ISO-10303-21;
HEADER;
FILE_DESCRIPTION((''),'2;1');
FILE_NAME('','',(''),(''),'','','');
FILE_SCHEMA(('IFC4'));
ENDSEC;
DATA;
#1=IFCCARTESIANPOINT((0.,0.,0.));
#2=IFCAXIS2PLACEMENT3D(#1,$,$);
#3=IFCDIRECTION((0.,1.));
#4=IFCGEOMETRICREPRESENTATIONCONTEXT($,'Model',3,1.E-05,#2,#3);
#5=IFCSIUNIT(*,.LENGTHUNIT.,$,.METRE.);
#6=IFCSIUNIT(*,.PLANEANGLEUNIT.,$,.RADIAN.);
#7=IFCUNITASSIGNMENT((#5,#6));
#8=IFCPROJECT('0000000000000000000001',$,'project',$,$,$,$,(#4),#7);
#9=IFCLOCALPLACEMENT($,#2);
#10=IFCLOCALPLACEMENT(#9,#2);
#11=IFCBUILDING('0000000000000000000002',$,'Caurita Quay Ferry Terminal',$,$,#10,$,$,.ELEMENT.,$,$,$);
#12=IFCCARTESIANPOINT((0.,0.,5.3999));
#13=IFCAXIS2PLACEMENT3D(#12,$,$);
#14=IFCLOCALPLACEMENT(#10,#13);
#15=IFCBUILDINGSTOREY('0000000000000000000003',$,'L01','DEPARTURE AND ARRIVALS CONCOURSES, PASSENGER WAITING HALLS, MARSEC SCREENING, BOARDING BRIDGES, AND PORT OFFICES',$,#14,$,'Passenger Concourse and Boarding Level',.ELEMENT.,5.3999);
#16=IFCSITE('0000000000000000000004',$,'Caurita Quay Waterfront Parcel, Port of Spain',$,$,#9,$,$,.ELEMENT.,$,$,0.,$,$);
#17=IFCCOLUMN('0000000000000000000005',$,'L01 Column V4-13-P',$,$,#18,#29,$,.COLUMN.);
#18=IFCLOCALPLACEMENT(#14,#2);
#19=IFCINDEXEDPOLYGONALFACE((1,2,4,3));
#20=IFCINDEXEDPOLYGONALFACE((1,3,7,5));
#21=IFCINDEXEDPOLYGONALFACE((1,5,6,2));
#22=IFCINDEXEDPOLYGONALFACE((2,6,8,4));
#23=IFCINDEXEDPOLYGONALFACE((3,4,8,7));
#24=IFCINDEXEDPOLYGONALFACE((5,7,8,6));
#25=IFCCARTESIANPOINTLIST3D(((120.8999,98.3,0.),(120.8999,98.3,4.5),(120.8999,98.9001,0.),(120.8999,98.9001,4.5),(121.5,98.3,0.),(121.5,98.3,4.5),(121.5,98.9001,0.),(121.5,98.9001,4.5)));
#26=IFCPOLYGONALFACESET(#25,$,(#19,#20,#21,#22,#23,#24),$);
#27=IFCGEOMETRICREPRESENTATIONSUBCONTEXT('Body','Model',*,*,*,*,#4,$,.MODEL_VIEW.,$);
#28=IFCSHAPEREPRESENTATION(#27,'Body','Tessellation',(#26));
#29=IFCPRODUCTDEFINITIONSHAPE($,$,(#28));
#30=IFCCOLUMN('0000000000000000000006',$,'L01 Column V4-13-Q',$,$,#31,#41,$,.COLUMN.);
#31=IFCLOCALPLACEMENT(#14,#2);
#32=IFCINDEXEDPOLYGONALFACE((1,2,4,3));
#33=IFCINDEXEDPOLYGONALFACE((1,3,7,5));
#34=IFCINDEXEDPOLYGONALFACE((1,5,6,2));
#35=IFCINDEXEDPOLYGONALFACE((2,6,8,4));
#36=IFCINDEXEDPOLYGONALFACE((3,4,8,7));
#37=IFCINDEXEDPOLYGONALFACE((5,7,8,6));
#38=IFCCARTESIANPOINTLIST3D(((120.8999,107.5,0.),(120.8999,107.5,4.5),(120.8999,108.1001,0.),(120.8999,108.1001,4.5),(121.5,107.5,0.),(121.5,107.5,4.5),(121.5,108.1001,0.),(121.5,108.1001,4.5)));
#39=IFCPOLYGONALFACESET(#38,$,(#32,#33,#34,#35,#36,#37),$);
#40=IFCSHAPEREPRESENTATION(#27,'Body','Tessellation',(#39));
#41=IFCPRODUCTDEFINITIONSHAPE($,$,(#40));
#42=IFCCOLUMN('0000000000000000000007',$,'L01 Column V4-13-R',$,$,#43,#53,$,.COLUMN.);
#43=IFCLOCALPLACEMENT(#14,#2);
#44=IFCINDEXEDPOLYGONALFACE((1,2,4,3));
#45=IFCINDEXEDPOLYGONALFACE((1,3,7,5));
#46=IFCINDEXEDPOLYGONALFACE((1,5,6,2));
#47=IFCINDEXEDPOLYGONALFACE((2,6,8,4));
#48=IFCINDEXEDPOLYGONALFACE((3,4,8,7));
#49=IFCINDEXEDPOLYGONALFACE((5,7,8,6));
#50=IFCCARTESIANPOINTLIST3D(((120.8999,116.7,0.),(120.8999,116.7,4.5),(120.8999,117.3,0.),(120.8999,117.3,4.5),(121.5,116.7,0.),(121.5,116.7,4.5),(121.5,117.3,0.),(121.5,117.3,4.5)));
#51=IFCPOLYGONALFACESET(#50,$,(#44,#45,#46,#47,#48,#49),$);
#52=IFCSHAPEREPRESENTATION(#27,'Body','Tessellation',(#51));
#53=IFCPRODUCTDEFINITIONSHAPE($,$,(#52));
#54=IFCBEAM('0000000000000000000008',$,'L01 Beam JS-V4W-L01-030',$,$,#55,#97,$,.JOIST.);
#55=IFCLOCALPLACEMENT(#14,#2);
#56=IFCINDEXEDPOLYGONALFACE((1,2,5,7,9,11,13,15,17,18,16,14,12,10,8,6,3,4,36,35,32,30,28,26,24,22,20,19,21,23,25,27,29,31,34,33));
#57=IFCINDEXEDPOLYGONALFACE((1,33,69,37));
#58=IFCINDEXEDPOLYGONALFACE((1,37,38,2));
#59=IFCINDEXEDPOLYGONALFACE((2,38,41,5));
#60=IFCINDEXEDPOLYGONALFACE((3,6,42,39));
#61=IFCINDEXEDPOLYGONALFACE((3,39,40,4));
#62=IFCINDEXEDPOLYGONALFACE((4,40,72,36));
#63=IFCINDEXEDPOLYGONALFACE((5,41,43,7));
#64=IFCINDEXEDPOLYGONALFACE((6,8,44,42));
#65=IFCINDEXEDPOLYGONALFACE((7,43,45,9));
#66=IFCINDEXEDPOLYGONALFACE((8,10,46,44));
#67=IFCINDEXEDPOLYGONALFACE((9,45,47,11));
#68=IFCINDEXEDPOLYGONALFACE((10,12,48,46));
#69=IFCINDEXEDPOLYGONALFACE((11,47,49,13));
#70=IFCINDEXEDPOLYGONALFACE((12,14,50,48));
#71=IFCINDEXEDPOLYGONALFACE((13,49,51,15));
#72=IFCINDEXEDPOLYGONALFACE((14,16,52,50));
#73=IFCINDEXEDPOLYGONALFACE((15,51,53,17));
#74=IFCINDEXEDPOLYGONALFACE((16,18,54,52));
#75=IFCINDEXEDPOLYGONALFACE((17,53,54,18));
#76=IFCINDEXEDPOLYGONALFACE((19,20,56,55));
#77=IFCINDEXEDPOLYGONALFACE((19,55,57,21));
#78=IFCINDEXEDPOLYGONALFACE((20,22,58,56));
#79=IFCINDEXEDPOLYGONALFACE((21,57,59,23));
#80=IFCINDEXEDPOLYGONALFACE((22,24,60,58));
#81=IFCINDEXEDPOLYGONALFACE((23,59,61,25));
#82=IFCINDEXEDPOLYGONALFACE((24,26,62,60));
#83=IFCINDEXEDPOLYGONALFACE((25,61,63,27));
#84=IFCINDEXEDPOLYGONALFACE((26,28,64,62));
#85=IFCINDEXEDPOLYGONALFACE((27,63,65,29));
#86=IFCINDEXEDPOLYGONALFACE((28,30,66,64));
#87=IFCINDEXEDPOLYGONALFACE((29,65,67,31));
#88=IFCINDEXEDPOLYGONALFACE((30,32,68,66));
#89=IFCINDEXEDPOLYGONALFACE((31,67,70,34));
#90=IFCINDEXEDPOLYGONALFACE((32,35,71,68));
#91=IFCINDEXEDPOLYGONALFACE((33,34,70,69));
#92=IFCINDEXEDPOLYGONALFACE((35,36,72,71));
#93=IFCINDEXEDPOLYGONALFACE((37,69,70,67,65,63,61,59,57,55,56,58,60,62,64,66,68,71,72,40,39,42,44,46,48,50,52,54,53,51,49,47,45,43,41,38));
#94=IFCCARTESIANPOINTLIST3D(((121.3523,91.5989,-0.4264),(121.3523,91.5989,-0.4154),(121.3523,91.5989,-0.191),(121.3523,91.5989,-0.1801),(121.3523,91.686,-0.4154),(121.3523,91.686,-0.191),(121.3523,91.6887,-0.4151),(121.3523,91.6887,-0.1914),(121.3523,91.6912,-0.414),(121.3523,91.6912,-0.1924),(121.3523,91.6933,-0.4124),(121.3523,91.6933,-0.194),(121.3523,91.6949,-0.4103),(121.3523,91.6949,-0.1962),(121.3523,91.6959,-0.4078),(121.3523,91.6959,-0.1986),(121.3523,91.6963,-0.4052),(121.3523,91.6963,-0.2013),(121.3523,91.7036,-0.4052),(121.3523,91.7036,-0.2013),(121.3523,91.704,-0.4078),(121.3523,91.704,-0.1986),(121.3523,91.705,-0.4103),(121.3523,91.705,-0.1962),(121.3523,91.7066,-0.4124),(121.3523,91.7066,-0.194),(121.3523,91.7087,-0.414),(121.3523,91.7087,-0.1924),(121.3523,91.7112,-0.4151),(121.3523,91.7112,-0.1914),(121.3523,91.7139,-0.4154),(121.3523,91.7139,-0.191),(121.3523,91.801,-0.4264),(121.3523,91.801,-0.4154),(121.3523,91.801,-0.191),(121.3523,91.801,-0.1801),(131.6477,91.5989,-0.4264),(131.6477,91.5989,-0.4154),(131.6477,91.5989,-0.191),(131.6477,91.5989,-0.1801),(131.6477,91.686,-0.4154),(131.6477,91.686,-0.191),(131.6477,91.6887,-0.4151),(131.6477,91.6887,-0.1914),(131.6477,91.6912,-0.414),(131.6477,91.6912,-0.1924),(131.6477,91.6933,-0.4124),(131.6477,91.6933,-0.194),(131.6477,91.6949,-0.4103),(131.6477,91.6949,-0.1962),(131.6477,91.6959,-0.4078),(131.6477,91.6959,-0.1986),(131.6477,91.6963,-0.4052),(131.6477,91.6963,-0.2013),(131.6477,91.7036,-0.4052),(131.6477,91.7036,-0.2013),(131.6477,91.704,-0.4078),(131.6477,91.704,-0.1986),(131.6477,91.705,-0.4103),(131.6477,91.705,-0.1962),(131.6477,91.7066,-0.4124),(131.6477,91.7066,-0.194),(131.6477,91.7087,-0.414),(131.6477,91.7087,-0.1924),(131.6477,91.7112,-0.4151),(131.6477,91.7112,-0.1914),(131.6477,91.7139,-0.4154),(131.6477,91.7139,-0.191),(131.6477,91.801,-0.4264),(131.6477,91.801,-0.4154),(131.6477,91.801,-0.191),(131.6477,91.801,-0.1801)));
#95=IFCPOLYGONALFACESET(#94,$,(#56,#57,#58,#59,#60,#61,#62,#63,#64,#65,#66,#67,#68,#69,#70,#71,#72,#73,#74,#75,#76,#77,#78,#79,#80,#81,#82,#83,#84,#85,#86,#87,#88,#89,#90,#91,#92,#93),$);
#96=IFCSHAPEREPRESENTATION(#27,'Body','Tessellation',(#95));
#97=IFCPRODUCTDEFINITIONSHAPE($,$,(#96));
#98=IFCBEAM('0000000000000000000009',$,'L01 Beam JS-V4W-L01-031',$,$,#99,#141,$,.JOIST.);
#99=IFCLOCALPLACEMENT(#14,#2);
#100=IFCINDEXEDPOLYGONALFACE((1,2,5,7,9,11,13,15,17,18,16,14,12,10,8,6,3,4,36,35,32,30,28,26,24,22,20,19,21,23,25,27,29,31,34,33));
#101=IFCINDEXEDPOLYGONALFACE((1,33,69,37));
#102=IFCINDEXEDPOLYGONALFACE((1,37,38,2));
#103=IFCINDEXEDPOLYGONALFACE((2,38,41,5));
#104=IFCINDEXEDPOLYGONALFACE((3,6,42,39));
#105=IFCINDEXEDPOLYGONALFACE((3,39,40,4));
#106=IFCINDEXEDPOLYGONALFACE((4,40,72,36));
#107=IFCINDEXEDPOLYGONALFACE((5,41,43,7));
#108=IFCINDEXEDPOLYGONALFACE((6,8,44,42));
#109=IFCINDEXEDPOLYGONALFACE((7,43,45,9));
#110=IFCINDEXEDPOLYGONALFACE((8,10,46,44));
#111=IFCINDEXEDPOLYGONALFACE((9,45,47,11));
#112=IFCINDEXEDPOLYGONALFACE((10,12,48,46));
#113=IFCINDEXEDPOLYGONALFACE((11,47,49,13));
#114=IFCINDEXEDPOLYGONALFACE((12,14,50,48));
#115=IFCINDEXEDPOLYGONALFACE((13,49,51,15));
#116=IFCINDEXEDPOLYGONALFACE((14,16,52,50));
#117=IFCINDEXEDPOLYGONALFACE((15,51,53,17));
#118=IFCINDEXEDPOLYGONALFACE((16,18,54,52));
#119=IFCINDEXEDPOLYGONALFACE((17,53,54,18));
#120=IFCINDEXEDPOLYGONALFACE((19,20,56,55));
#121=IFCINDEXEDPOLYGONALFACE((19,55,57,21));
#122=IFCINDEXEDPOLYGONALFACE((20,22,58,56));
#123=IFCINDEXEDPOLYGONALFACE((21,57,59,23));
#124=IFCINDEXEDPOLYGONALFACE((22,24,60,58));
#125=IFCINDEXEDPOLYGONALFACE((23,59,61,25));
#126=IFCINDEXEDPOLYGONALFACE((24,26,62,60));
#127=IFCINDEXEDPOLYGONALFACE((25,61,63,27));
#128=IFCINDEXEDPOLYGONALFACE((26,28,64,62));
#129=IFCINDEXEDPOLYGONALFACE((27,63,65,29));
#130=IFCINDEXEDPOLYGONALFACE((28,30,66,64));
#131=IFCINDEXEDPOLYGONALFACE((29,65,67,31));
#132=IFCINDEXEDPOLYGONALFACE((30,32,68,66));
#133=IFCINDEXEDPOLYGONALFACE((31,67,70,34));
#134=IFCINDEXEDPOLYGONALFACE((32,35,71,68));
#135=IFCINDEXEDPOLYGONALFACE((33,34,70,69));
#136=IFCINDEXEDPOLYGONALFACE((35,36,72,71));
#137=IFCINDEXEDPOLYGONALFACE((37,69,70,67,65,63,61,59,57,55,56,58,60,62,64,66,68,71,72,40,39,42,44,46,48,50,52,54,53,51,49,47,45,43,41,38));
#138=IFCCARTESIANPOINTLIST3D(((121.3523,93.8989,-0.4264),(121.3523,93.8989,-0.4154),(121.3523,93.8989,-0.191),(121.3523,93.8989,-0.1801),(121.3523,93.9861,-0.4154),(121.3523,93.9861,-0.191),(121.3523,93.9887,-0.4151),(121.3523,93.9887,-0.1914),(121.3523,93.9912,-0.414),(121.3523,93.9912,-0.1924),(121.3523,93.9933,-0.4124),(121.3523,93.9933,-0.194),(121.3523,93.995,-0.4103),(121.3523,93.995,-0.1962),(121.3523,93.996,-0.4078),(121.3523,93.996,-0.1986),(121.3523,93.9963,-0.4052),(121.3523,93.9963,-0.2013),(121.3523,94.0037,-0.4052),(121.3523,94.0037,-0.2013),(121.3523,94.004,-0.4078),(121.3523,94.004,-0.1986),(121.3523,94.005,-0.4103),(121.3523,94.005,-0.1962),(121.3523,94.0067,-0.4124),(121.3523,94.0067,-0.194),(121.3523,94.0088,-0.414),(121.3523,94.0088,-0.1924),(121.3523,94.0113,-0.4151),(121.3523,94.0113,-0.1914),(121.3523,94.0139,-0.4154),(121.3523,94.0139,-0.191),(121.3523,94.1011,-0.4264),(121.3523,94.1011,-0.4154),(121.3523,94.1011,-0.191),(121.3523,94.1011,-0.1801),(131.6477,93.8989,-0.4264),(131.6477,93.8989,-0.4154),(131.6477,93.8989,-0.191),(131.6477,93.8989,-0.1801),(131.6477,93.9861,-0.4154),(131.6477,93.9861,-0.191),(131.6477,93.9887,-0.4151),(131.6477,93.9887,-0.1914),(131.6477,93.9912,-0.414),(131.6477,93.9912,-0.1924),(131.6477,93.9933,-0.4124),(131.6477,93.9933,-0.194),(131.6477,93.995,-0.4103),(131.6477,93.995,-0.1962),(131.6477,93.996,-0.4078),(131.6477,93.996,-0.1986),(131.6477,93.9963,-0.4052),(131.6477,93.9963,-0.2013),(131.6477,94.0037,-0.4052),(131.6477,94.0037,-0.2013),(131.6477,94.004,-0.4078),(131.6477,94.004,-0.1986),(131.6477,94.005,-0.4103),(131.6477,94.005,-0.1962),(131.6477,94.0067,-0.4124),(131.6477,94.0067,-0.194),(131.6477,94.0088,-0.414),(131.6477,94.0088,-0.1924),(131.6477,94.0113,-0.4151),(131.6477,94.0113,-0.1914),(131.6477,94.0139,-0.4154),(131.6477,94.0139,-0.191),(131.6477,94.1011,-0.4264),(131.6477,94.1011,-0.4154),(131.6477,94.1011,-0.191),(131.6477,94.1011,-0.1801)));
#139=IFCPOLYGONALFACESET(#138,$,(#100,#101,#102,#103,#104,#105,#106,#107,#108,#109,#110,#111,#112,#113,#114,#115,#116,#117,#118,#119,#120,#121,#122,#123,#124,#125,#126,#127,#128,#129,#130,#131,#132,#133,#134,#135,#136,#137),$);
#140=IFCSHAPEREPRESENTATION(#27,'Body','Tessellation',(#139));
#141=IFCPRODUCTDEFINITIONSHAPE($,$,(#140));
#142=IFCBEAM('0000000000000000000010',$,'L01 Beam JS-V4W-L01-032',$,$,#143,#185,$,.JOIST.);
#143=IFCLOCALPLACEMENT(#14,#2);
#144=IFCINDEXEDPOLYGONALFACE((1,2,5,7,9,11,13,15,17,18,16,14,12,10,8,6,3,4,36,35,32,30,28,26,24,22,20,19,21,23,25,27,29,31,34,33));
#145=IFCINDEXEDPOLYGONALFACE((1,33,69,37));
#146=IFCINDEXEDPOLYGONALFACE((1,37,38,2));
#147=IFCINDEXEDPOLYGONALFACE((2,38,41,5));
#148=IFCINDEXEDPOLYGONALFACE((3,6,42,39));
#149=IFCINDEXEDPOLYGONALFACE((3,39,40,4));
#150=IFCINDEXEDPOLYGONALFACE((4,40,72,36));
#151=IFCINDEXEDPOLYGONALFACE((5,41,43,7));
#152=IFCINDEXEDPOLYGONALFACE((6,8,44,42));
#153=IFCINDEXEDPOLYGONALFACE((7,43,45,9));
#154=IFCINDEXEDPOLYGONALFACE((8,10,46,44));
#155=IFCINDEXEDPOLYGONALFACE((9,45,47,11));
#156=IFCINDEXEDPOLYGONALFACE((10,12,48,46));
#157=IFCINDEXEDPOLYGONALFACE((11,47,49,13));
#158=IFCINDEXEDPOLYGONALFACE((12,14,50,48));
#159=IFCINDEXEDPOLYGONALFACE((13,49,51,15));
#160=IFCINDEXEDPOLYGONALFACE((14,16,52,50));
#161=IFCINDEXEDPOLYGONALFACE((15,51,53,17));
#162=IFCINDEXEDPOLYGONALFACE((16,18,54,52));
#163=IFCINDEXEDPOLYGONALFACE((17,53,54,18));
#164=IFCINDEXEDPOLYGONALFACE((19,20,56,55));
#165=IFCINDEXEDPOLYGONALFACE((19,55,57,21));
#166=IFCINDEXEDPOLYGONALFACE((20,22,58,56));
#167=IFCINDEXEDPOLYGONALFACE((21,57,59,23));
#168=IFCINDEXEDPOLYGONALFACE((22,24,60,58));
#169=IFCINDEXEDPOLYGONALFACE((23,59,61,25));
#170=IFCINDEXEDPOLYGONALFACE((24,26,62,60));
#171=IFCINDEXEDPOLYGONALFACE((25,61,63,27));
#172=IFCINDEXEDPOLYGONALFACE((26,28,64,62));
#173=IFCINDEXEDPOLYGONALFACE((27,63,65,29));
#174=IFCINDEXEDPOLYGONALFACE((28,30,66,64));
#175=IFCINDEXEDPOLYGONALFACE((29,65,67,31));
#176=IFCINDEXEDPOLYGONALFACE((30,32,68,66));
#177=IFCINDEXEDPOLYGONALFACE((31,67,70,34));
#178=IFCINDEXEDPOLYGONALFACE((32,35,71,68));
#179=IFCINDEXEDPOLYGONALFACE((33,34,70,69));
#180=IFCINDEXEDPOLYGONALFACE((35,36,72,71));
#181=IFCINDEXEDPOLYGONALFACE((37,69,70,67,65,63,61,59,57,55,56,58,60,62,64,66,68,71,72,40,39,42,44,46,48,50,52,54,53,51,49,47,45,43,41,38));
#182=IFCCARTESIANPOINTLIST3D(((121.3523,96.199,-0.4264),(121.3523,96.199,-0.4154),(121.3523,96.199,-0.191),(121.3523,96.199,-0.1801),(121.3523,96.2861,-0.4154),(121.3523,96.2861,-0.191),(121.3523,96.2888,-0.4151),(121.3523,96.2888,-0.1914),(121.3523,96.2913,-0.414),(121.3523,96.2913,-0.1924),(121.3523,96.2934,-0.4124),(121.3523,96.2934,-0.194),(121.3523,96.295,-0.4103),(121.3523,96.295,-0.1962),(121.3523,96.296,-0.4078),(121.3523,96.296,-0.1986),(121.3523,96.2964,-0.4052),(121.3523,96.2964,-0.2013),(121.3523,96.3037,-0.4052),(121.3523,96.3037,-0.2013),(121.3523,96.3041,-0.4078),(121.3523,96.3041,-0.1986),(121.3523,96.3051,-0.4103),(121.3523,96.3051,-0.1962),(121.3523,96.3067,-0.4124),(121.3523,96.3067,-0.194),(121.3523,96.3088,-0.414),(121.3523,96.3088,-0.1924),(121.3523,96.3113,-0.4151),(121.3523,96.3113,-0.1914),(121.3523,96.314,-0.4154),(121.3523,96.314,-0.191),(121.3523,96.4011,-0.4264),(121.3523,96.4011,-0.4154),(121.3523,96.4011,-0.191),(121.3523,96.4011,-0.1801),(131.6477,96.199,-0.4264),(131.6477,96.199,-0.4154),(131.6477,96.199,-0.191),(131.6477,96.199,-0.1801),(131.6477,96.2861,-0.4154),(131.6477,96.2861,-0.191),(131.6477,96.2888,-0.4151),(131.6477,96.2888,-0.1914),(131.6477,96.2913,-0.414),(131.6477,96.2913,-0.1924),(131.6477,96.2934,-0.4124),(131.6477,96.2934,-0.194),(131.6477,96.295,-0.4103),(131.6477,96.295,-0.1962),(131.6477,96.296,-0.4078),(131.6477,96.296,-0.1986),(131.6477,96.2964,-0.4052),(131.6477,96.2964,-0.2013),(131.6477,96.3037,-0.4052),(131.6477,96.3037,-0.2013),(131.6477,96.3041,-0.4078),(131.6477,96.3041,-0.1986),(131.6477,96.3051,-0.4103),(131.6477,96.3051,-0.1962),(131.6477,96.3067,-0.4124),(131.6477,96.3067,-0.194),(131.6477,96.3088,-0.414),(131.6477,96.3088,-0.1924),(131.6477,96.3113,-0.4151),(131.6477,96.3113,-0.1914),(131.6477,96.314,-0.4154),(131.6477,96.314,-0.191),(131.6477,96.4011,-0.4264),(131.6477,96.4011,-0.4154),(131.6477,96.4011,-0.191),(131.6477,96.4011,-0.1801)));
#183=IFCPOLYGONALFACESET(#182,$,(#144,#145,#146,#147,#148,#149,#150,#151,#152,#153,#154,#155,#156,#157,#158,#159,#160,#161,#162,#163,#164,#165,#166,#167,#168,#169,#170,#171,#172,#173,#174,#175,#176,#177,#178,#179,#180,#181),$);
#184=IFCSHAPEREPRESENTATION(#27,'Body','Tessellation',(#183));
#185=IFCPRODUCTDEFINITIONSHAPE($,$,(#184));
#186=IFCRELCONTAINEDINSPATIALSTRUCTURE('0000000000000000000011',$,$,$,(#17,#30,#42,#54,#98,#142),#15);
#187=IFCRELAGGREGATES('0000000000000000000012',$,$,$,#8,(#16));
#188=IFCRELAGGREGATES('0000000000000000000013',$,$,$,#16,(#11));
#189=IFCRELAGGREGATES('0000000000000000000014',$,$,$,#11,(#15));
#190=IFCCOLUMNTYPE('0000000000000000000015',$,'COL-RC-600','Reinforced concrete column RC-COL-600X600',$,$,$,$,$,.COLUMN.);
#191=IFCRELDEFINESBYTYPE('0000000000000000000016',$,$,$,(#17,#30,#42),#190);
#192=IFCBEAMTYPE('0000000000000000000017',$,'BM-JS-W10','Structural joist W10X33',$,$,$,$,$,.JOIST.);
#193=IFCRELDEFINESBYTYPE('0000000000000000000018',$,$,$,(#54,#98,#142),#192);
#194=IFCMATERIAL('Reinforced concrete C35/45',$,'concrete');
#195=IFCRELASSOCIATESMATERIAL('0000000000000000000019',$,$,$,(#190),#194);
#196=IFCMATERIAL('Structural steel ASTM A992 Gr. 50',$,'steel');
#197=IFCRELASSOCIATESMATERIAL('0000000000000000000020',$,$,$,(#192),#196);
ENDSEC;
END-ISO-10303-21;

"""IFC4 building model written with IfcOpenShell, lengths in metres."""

from ifc_helpers import new_model, si_unit, direction, frame, origin, origin_2d, place, context, subcontext, project, spatial, rectangle, i_section, extrude, material, material_profile, profile_set, type_object, element, save


model = new_model("IFC4")

# Units and contexts
model_context = context("Model", 3, precision=1e-05, world=origin(), true_north=direction((0.0, 1.0)))
body_context = subcontext(model_context, "Body", "Model", "MODEL_VIEW")
ifc_project = project(units=[si_unit("LENGTHUNIT", "METRE"), si_unit("PLANEANGLEUNIT", "RADIAN")], contexts=[model_context])

# Site, building, storey
site_placement = place(None, origin())
site = spatial("IfcSite", under=ifc_project, at=site_placement, Name="Caurita Quay Waterfront Parcel, Port of Spain", CompositionType="ELEMENT", RefElevation=0.0)
building_placement = place(site_placement, origin())
building = spatial("IfcBuilding", under=site, at=building_placement, Name="Caurita Quay Ferry Terminal", CompositionType="ELEMENT")
storey_placement = place(building_placement, frame((0.0, 0.0, 5.3999)))
storey = spatial("IfcBuildingStorey", under=building, at=storey_placement, Name="L01", Description="DEPARTURE AND ARRIVALS CONCOURSES, PASSENGER WAITING HALLS, MARSEC SCREENING, BOARDING BRIDGES, AND PORT OFFICES", LongName="Passenger Concourse and Boarding Level", CompositionType="ELEMENT", Elevation=5.3999)

# Columns
ifc_material_1 = material(Name="Reinforced concrete C35/45", Category="concrete")
ifc_material_profile_1 = material_profile(ifc_material_1, rectangle(XDim=0.6001, YDim=0.6001, at=origin_2d()), Name="RC-COL-600X600")
ifc_profile_set_1 = profile_set([ifc_material_profile_1], Name="Reinforced concrete C35/45")
column_type = type_object("IfcColumnType", Name="COL-RC-600", Description="Reinforced concrete column RC-COL-600X600", PredefinedType="COLUMN", material=ifc_profile_set_1)
for number, where, z_axis, x_axis, name in (
    (1, (121.2, 98.6001, 0.0), (0.0, 0.0, 1.0), (1.0, 0.0, 0.0), "L01 Column V4-13-P"),
    (2, (121.2, 107.8, 0.0), (0.0, 0.0, 1.0), (1.0, 0.0, 0.0), "L01 Column V4-13-Q"),
    (3, (121.2, 117.0, 0.0), (0.0, 0.0, 1.0), (1.0, 0.0, 0.0), "L01 Column V4-13-R"),
):
    element("IfcColumn", number, at=place(storey_placement, frame(where, z_axis=z_axis, x_axis=x_axis)), inside=storey, type_object=column_type, Name=name, PredefinedType="COLUMN", context=body_context, shape_type="SweptSolid", body=[
        extrude(rectangle(XDim=0.6001, YDim=0.6001, at=origin_2d()), origin(), (0.0, 0.0, 1.0), 4.5),
    ])

# Beams
ifc_material_2 = material(Name="Structural steel ASTM A992 Gr. 50", Category="steel")
ifc_material_profile_2 = material_profile(ifc_material_2, i_section(OverallWidth=0.2021, OverallDepth=0.2463, WebThickness=0.0073, FlangeThickness=0.011, FilletRadius=0.0103, at=origin_2d()), Name="W10X33")
ifc_profile_set_2 = profile_set([ifc_material_profile_2], Name="Structural steel ASTM A992 Gr. 50")
beam_type_1 = type_object("IfcBeamType", Name="BM-JS-W10", Description="Structural joist W10X33", PredefinedType="JOIST", material=ifc_profile_set_2)
for number, where, z_axis, x_axis, name in (
    (4, (121.3523, 91.7, -0.3032), (1.0, 0.0, 0.0), (0.0, 1.0, 0.0), "L01 Beam JS-V4W-L01-030"),
    (5, (121.3523, 94.0, -0.3032), (1.0, 0.0, 0.0), (0.0, 1.0, 0.0), "L01 Beam JS-V4W-L01-031"),
    (6, (121.3523, 96.3, -0.3032), (1.0, 0.0, 0.0), (0.0, 1.0, 0.0), "L01 Beam JS-V4W-L01-032"),
):
    element("IfcBeam", number, at=place(storey_placement, frame(where, z_axis=z_axis, x_axis=x_axis)), inside=storey, type_object=beam_type_1, Name=name, PredefinedType="JOIST", context=body_context, shape_type="SweptSolid", body=[
        extrude(i_section(OverallWidth=0.2021, OverallDepth=0.2463, WebThickness=0.0073, FlangeThickness=0.011, FilletRadius=0.0103, at=origin_2d()), origin(), (0.0, 0.0, 1.0), 10.2954),
    ])

save(model, "model.ifc")
